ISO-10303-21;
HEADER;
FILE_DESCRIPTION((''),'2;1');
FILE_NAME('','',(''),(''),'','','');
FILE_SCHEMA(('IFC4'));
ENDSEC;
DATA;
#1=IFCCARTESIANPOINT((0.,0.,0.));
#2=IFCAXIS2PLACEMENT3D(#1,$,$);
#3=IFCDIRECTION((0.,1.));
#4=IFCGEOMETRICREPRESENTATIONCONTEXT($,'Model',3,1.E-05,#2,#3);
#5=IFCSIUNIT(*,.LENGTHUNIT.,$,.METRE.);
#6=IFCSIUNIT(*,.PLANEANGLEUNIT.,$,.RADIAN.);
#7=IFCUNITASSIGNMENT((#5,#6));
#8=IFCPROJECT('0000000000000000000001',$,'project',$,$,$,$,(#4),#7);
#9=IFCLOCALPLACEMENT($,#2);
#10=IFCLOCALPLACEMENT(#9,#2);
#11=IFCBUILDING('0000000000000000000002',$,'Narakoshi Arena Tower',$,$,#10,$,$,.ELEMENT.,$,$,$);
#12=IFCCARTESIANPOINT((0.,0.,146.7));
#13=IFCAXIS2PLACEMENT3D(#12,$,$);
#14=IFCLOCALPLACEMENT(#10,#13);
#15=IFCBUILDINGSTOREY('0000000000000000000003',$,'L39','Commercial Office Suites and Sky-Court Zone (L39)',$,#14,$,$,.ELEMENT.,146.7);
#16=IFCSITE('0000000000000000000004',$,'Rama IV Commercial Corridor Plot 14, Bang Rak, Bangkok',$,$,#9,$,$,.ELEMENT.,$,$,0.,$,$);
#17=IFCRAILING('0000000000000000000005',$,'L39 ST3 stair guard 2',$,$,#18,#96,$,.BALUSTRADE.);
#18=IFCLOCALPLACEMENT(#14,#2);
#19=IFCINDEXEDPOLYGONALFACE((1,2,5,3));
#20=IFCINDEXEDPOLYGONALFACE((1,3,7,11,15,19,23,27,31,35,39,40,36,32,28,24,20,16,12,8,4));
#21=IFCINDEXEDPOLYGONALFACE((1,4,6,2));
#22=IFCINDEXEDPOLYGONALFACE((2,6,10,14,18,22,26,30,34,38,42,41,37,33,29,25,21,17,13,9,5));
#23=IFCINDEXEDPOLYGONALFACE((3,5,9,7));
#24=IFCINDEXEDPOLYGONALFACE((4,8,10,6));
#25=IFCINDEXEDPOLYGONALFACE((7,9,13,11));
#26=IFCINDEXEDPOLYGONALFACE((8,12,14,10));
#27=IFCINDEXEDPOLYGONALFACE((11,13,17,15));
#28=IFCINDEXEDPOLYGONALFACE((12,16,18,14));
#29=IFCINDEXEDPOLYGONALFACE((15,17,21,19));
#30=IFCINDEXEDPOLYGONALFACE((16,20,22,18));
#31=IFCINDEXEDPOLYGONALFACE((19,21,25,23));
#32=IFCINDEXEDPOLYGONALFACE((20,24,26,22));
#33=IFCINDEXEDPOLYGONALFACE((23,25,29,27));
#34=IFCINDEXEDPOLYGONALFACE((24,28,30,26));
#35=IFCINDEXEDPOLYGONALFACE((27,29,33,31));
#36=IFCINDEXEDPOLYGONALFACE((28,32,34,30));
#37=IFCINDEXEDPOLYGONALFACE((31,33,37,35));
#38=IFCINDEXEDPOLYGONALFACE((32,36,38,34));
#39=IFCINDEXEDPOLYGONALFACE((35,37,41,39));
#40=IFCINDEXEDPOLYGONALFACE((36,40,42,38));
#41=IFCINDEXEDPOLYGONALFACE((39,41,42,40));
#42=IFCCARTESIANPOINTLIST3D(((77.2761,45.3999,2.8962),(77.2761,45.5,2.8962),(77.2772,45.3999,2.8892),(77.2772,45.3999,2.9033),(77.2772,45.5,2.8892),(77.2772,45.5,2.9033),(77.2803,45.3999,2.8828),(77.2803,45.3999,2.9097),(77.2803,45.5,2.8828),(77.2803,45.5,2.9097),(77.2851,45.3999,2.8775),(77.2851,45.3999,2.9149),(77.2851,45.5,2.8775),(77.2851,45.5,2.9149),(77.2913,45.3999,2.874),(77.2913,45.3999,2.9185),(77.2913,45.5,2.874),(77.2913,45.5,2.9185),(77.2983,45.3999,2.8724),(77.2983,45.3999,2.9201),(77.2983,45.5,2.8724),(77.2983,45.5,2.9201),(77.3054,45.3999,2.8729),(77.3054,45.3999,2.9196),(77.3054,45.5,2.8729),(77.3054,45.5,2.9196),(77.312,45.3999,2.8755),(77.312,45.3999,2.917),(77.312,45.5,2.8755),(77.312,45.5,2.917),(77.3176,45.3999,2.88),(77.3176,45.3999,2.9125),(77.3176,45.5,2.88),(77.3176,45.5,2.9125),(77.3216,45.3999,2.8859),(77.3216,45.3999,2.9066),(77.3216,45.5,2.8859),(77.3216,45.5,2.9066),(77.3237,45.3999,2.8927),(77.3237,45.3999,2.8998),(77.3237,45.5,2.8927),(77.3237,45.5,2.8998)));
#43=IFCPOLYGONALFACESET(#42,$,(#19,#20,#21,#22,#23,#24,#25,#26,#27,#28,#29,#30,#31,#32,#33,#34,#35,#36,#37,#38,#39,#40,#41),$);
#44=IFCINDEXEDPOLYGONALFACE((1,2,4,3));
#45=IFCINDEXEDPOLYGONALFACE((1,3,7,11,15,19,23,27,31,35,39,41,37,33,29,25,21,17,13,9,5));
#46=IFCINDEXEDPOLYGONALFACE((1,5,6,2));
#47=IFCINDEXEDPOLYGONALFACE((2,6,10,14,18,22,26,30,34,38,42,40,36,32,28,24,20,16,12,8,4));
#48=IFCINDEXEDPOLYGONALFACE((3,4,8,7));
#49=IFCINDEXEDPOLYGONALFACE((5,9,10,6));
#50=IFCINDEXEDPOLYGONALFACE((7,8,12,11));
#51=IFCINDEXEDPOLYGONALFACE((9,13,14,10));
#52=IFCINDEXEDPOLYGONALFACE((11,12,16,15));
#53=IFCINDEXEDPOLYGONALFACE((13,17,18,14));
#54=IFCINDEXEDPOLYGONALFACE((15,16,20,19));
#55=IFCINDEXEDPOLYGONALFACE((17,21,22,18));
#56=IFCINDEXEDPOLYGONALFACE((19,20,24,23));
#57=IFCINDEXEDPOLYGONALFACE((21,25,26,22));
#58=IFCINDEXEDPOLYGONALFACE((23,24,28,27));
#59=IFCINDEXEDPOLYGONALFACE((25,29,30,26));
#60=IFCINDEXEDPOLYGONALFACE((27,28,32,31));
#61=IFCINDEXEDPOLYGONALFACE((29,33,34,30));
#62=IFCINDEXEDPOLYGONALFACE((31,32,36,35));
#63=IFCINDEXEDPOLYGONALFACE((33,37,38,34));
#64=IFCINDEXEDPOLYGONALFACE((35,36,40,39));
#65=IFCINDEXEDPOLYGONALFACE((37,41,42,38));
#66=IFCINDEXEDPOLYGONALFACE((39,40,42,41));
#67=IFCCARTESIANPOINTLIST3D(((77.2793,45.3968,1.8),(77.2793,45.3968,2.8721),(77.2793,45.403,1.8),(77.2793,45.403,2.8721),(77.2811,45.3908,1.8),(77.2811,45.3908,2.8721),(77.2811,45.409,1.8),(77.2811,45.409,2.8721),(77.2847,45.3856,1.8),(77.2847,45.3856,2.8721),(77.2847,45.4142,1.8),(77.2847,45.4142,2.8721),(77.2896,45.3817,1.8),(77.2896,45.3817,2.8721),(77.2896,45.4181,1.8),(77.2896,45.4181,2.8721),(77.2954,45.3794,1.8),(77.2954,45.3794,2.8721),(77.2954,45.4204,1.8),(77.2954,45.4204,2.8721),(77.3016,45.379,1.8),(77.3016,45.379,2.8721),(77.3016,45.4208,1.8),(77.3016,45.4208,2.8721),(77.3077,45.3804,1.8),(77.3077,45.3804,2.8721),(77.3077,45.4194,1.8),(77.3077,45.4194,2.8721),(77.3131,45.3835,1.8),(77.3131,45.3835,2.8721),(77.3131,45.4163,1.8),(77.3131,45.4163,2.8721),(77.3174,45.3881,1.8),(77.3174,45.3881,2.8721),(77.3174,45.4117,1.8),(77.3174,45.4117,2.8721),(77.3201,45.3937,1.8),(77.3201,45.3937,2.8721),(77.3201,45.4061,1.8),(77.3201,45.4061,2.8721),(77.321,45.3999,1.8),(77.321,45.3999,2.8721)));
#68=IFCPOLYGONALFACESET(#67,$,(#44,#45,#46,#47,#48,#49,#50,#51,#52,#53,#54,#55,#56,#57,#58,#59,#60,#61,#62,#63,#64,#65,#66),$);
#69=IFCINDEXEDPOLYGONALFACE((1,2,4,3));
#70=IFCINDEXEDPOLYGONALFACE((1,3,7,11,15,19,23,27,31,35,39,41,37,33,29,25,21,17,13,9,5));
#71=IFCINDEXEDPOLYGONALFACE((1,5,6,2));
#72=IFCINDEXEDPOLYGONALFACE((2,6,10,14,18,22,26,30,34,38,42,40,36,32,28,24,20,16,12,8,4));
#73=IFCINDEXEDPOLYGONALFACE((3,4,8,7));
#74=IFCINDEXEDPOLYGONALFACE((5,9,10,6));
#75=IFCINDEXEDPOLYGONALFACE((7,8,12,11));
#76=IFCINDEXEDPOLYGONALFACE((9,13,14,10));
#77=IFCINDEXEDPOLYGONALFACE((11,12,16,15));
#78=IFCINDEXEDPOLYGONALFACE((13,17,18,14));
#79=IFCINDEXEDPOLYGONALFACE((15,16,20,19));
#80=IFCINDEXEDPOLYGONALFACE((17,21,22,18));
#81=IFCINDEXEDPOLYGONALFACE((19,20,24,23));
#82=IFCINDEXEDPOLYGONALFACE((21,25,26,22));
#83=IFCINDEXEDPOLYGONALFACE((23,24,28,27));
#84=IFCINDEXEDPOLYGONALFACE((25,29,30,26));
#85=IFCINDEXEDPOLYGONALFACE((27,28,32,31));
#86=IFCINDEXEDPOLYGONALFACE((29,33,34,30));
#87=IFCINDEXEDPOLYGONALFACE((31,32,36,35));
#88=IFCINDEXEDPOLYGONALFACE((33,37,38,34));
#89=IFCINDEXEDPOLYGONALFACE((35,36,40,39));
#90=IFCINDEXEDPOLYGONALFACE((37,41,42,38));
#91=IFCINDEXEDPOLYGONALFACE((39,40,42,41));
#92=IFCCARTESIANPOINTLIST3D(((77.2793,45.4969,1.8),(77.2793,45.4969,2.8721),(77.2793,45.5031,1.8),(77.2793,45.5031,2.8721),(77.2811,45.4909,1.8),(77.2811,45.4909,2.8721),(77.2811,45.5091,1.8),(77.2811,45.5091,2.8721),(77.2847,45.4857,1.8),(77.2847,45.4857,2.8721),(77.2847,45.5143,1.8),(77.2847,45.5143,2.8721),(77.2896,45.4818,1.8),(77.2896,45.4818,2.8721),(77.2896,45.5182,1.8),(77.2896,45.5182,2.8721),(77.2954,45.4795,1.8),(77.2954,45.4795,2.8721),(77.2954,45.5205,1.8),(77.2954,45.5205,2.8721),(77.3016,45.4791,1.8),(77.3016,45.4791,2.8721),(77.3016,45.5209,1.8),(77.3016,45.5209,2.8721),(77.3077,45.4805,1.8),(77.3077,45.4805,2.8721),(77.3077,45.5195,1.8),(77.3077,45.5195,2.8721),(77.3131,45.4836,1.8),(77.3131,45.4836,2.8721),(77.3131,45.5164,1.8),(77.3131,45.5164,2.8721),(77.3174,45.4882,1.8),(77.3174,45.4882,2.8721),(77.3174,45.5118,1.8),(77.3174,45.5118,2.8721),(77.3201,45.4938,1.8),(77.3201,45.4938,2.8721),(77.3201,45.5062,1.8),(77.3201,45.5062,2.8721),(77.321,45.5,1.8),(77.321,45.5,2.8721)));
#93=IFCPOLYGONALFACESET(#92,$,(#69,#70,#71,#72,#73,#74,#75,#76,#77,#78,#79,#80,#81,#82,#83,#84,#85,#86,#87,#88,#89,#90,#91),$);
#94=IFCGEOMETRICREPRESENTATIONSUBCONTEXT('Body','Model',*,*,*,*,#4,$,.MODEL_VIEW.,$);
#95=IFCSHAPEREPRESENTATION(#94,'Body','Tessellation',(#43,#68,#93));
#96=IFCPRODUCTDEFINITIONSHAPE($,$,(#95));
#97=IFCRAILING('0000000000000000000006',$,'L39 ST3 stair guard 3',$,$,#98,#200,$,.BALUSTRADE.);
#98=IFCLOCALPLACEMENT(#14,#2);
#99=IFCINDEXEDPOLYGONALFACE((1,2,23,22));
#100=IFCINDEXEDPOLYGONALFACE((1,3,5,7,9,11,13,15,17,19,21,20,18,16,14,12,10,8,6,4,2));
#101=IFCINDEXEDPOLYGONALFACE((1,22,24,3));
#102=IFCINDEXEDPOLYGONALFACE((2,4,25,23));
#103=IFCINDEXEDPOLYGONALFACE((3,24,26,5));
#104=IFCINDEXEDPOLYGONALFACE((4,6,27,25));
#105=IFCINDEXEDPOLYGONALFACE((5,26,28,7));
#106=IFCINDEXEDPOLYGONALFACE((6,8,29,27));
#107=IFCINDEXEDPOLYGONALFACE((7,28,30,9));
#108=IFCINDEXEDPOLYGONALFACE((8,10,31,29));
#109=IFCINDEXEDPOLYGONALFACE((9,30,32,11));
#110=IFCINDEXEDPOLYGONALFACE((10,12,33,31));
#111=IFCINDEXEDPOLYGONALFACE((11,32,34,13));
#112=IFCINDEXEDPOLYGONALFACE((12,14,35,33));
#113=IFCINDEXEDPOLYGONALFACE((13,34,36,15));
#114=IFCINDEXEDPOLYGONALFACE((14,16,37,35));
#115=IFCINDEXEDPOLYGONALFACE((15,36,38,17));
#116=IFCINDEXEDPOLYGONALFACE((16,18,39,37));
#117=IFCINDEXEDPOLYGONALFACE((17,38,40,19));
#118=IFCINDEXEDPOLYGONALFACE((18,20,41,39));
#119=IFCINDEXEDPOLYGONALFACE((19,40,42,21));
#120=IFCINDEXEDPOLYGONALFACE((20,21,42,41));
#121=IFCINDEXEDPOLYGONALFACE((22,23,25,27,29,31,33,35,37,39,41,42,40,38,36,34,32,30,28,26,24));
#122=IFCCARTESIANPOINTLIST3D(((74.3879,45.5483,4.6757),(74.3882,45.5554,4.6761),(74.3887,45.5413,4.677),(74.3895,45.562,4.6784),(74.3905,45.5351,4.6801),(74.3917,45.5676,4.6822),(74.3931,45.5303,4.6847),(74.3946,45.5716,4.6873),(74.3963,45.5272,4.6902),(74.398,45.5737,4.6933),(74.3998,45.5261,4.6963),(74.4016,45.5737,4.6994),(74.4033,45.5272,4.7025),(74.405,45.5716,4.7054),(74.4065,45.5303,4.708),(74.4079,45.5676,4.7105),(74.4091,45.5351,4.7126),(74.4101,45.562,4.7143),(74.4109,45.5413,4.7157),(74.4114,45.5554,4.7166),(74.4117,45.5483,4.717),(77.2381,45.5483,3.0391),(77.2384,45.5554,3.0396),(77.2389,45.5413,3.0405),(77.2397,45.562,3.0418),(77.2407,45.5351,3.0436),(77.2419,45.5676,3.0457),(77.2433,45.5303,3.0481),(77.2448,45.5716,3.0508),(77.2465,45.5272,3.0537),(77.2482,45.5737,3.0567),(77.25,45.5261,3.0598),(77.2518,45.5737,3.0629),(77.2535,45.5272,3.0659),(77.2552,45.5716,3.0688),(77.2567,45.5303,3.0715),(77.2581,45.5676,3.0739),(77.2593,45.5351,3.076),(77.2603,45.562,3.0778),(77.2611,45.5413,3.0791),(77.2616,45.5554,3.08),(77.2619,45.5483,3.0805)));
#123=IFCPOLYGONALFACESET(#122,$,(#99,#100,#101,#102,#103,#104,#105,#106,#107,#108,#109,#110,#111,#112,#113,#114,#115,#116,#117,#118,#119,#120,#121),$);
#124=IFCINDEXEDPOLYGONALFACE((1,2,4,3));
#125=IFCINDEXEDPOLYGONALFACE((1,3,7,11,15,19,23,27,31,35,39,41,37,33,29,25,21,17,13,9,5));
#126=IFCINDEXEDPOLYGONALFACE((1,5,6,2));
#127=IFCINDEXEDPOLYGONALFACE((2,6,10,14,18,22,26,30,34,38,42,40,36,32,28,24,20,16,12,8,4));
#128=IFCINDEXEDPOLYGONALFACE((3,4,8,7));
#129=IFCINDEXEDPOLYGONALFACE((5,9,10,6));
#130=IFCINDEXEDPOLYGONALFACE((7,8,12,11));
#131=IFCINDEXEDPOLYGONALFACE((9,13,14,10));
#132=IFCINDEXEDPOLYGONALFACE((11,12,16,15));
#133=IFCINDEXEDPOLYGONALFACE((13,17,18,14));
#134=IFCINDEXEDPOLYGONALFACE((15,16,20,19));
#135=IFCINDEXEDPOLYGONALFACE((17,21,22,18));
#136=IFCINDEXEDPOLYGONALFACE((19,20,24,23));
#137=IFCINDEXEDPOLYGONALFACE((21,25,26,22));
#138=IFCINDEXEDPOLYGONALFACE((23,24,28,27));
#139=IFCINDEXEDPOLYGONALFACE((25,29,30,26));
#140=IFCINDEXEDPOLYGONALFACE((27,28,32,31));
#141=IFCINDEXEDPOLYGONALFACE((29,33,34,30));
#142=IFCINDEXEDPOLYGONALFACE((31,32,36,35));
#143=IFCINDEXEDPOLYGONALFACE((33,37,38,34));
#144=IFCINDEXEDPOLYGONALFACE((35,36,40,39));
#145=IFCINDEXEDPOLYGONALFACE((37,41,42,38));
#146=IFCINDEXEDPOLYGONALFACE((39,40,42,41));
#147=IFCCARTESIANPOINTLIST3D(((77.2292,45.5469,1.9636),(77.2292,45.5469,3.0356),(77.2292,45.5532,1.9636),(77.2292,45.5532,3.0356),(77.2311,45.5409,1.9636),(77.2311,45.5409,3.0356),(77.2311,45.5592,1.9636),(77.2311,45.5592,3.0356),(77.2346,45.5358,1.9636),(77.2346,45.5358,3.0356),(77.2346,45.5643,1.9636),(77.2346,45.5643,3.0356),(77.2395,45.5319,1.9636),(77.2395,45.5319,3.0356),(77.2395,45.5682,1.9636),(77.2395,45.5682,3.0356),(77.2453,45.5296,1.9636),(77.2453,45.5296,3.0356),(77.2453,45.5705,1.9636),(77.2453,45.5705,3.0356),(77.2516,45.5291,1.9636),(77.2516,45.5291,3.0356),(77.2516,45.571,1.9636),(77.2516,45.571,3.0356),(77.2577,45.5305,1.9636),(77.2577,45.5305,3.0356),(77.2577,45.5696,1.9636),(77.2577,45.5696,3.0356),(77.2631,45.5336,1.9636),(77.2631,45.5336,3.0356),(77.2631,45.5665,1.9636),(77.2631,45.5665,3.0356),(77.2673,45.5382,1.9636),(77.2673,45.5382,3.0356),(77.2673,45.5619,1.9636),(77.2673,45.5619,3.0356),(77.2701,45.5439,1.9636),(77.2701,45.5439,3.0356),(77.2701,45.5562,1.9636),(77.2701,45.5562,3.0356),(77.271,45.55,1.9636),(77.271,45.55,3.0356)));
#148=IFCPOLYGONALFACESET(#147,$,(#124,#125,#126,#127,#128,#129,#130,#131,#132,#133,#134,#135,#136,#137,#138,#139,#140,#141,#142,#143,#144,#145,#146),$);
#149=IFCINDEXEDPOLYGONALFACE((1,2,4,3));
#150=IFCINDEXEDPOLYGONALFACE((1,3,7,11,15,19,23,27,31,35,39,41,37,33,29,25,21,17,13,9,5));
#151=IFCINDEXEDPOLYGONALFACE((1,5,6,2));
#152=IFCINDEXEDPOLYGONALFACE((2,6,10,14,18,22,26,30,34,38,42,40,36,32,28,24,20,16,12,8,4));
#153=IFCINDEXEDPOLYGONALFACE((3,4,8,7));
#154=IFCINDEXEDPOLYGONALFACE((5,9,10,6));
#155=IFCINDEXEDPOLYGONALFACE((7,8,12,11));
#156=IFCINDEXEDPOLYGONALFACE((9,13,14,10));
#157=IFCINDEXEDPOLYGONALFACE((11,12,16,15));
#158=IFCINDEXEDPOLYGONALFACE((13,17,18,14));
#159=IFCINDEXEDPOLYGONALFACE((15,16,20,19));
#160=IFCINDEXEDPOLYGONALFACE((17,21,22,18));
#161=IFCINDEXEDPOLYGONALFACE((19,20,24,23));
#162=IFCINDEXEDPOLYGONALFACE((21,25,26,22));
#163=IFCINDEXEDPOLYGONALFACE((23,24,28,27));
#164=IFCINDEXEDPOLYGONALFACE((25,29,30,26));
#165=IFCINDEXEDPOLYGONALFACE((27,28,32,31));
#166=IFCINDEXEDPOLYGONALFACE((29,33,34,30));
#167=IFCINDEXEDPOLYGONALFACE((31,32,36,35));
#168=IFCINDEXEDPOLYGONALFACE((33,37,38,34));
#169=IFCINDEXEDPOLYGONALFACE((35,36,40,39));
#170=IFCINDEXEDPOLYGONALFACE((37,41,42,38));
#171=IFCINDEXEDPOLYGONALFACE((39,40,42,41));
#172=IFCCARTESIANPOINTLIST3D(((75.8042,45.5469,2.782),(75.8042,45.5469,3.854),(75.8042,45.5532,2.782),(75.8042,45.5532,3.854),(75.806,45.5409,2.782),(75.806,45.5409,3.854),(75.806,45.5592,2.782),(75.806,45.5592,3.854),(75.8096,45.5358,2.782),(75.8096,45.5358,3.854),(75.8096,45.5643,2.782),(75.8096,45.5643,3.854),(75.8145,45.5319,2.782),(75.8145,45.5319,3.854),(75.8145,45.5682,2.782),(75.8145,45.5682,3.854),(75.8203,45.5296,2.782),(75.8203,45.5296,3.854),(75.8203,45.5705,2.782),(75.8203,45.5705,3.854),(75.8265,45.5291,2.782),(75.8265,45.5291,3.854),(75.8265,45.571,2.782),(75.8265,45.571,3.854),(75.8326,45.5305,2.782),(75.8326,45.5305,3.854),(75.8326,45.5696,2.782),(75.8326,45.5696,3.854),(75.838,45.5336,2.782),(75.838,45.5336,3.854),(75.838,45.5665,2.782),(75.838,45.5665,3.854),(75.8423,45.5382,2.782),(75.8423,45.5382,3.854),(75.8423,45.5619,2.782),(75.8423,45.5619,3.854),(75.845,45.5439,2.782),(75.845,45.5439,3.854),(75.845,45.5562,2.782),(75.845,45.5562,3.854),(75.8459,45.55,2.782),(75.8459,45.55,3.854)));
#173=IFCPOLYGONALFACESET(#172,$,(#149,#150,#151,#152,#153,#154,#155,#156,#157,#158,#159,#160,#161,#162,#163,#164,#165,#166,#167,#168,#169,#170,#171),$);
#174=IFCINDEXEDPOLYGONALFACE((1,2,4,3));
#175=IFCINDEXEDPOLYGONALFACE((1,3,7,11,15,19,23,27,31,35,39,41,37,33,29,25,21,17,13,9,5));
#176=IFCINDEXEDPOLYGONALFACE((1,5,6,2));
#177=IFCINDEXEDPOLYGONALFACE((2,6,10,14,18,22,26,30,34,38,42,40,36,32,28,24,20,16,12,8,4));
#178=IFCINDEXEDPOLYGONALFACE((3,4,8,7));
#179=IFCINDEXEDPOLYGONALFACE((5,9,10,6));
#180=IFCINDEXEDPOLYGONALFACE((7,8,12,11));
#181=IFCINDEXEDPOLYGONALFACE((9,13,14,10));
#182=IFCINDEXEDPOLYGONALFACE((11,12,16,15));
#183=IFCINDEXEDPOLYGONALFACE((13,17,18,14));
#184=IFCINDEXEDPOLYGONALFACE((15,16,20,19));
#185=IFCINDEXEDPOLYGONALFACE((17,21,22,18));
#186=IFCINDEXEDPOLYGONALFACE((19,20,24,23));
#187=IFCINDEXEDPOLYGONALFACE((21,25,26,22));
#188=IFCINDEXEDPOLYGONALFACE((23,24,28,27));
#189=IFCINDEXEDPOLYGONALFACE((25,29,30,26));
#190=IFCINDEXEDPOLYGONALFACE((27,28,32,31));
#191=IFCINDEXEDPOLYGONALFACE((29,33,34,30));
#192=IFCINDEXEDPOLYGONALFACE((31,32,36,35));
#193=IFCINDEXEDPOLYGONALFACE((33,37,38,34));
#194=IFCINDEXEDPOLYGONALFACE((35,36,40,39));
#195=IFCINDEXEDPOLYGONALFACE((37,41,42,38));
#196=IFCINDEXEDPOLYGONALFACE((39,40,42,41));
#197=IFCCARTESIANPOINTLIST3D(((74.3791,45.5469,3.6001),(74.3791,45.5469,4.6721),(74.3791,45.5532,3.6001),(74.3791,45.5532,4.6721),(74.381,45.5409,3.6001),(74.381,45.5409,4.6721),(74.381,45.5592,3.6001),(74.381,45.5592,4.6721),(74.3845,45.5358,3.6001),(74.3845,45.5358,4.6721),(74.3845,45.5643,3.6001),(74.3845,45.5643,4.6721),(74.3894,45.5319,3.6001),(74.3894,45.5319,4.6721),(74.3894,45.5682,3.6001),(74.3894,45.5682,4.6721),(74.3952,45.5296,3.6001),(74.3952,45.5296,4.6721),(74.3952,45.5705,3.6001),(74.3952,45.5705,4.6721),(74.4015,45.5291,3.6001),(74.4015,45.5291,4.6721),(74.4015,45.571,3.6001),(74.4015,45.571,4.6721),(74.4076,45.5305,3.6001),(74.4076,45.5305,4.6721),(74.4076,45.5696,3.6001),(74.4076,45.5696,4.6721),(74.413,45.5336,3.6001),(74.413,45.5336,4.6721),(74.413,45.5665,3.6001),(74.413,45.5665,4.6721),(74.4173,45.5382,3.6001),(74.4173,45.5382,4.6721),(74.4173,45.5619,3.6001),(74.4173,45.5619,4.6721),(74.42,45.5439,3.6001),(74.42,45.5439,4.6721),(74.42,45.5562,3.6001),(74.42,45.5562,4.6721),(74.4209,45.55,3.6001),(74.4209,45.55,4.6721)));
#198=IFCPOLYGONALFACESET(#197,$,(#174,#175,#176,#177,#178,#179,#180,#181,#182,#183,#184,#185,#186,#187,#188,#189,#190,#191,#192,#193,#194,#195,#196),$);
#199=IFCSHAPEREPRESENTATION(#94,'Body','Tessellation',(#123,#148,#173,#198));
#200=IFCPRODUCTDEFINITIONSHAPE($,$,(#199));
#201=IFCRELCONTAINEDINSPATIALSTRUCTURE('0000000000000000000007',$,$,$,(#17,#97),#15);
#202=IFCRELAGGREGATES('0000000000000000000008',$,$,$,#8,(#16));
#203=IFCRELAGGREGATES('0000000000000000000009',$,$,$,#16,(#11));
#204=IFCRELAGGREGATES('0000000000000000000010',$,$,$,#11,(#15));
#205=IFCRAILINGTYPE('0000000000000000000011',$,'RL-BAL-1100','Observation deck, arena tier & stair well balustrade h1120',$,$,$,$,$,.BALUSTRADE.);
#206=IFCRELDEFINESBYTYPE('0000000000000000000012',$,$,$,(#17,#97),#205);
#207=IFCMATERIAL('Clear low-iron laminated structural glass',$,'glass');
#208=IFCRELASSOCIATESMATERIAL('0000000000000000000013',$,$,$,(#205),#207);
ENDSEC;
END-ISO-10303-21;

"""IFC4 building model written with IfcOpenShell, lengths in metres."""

from ifc_helpers import new_model, si_unit, direction, frame, origin, origin_2d, place, context, subcontext, project, spatial, circle, extrude, material, type_object, element, save


model = new_model("IFC4")

# Units and contexts
model_context = context("Model", 3, precision=1e-05, world=origin(), true_north=direction((0.0, 1.0)))
body_context = subcontext(model_context, "Body", "Model", "MODEL_VIEW")
ifc_project = project(units=[si_unit("LENGTHUNIT", "METRE"), si_unit("PLANEANGLEUNIT", "RADIAN")], contexts=[model_context])

# Site, building, storey
site_placement = place(None, origin())
site = spatial("IfcSite", under=ifc_project, at=site_placement, Name="Rama IV Commercial Corridor Plot 14, Bang Rak, Bangkok", CompositionType="ELEMENT", RefElevation=0.0)
building_placement = place(site_placement, origin())
building = spatial("IfcBuilding", under=site, at=building_placement, Name="Narakoshi Arena Tower", CompositionType="ELEMENT")
storey_placement = place(building_placement, frame((0.0, 0.0, 146.7)))
storey = spatial("IfcBuildingStorey", under=building, at=storey_placement, Name="L39", Description="Commercial Office Suites and Sky-Court Zone (L39)", CompositionType="ELEMENT", Elevation=146.7)

# Railings
ifc_material_1 = material(Name="Clear low-iron laminated structural glass", Category="glass")
railing_type_1 = type_object("IfcRailingType", Name="RL-BAL-1100", Description="Observation deck, arena tier & stair well balustrade h1120", PredefinedType="BALUSTRADE", material=ifc_material_1)
railing_1_placement = place(storey_placement, frame((77.3, 45.3999, 1.8)))
element("IfcRailing", 1, at=railing_1_placement, inside=storey, type_object=railing_type_1, Name="L39 ST3 stair guard 2", PredefinedType="BALUSTRADE", context=body_context, shape_type="SweptSolid", body=[
    extrude(circle(Radius=0.0239, at=origin_2d()), frame((0.0, 0.0, 1.0962), z_axis=(0.0, 1.0, 0.0), x_axis=(-1.0, 0.0, 0.0)), (0.0, 0.0, 1.0), 0.1001),
    extrude(circle(Radius=0.021, at=origin_2d()), origin(), (0.0, 0.0, 1.0), 1.072),
    extrude(circle(Radius=0.021, at=origin_2d()), frame((0.0, 0.1001, 0.0)), (0.0, 0.0, 1.0), 1.072),
])
railing_2_placement = place(storey_placement, frame((77.25, 45.55, 1.9636)))
element("IfcRailing", 2, at=railing_2_placement, inside=storey, type_object=railing_type_1, Name="L39 ST3 stair guard 3", PredefinedType="BALUSTRADE", context=body_context, shape_type="SweptSolid", body=[
    extrude(circle(Radius=0.0239, at=origin_2d()), frame((0.0, 0.0, 1.0962), z_axis=(-0.867213, 0.0, 0.497938), x_axis=(0.0, -1.0, 0.0)), (0.0, 0.0, 1.0), 3.2866),
    extrude(circle(Radius=0.021, at=origin_2d()), origin(), (0.0, 0.0, 1.0), 1.072),
    extrude(circle(Radius=0.021, at=origin_2d()), frame((-1.425, 0.0, 0.8184)), (0.0, 0.0, 1.0), 1.072),
    extrude(circle(Radius=0.021, at=origin_2d()), frame((-2.8501, 0.0, 1.6365)), (0.0, 0.0, 1.0), 1.072),
])

save(model, "model.ifc")
